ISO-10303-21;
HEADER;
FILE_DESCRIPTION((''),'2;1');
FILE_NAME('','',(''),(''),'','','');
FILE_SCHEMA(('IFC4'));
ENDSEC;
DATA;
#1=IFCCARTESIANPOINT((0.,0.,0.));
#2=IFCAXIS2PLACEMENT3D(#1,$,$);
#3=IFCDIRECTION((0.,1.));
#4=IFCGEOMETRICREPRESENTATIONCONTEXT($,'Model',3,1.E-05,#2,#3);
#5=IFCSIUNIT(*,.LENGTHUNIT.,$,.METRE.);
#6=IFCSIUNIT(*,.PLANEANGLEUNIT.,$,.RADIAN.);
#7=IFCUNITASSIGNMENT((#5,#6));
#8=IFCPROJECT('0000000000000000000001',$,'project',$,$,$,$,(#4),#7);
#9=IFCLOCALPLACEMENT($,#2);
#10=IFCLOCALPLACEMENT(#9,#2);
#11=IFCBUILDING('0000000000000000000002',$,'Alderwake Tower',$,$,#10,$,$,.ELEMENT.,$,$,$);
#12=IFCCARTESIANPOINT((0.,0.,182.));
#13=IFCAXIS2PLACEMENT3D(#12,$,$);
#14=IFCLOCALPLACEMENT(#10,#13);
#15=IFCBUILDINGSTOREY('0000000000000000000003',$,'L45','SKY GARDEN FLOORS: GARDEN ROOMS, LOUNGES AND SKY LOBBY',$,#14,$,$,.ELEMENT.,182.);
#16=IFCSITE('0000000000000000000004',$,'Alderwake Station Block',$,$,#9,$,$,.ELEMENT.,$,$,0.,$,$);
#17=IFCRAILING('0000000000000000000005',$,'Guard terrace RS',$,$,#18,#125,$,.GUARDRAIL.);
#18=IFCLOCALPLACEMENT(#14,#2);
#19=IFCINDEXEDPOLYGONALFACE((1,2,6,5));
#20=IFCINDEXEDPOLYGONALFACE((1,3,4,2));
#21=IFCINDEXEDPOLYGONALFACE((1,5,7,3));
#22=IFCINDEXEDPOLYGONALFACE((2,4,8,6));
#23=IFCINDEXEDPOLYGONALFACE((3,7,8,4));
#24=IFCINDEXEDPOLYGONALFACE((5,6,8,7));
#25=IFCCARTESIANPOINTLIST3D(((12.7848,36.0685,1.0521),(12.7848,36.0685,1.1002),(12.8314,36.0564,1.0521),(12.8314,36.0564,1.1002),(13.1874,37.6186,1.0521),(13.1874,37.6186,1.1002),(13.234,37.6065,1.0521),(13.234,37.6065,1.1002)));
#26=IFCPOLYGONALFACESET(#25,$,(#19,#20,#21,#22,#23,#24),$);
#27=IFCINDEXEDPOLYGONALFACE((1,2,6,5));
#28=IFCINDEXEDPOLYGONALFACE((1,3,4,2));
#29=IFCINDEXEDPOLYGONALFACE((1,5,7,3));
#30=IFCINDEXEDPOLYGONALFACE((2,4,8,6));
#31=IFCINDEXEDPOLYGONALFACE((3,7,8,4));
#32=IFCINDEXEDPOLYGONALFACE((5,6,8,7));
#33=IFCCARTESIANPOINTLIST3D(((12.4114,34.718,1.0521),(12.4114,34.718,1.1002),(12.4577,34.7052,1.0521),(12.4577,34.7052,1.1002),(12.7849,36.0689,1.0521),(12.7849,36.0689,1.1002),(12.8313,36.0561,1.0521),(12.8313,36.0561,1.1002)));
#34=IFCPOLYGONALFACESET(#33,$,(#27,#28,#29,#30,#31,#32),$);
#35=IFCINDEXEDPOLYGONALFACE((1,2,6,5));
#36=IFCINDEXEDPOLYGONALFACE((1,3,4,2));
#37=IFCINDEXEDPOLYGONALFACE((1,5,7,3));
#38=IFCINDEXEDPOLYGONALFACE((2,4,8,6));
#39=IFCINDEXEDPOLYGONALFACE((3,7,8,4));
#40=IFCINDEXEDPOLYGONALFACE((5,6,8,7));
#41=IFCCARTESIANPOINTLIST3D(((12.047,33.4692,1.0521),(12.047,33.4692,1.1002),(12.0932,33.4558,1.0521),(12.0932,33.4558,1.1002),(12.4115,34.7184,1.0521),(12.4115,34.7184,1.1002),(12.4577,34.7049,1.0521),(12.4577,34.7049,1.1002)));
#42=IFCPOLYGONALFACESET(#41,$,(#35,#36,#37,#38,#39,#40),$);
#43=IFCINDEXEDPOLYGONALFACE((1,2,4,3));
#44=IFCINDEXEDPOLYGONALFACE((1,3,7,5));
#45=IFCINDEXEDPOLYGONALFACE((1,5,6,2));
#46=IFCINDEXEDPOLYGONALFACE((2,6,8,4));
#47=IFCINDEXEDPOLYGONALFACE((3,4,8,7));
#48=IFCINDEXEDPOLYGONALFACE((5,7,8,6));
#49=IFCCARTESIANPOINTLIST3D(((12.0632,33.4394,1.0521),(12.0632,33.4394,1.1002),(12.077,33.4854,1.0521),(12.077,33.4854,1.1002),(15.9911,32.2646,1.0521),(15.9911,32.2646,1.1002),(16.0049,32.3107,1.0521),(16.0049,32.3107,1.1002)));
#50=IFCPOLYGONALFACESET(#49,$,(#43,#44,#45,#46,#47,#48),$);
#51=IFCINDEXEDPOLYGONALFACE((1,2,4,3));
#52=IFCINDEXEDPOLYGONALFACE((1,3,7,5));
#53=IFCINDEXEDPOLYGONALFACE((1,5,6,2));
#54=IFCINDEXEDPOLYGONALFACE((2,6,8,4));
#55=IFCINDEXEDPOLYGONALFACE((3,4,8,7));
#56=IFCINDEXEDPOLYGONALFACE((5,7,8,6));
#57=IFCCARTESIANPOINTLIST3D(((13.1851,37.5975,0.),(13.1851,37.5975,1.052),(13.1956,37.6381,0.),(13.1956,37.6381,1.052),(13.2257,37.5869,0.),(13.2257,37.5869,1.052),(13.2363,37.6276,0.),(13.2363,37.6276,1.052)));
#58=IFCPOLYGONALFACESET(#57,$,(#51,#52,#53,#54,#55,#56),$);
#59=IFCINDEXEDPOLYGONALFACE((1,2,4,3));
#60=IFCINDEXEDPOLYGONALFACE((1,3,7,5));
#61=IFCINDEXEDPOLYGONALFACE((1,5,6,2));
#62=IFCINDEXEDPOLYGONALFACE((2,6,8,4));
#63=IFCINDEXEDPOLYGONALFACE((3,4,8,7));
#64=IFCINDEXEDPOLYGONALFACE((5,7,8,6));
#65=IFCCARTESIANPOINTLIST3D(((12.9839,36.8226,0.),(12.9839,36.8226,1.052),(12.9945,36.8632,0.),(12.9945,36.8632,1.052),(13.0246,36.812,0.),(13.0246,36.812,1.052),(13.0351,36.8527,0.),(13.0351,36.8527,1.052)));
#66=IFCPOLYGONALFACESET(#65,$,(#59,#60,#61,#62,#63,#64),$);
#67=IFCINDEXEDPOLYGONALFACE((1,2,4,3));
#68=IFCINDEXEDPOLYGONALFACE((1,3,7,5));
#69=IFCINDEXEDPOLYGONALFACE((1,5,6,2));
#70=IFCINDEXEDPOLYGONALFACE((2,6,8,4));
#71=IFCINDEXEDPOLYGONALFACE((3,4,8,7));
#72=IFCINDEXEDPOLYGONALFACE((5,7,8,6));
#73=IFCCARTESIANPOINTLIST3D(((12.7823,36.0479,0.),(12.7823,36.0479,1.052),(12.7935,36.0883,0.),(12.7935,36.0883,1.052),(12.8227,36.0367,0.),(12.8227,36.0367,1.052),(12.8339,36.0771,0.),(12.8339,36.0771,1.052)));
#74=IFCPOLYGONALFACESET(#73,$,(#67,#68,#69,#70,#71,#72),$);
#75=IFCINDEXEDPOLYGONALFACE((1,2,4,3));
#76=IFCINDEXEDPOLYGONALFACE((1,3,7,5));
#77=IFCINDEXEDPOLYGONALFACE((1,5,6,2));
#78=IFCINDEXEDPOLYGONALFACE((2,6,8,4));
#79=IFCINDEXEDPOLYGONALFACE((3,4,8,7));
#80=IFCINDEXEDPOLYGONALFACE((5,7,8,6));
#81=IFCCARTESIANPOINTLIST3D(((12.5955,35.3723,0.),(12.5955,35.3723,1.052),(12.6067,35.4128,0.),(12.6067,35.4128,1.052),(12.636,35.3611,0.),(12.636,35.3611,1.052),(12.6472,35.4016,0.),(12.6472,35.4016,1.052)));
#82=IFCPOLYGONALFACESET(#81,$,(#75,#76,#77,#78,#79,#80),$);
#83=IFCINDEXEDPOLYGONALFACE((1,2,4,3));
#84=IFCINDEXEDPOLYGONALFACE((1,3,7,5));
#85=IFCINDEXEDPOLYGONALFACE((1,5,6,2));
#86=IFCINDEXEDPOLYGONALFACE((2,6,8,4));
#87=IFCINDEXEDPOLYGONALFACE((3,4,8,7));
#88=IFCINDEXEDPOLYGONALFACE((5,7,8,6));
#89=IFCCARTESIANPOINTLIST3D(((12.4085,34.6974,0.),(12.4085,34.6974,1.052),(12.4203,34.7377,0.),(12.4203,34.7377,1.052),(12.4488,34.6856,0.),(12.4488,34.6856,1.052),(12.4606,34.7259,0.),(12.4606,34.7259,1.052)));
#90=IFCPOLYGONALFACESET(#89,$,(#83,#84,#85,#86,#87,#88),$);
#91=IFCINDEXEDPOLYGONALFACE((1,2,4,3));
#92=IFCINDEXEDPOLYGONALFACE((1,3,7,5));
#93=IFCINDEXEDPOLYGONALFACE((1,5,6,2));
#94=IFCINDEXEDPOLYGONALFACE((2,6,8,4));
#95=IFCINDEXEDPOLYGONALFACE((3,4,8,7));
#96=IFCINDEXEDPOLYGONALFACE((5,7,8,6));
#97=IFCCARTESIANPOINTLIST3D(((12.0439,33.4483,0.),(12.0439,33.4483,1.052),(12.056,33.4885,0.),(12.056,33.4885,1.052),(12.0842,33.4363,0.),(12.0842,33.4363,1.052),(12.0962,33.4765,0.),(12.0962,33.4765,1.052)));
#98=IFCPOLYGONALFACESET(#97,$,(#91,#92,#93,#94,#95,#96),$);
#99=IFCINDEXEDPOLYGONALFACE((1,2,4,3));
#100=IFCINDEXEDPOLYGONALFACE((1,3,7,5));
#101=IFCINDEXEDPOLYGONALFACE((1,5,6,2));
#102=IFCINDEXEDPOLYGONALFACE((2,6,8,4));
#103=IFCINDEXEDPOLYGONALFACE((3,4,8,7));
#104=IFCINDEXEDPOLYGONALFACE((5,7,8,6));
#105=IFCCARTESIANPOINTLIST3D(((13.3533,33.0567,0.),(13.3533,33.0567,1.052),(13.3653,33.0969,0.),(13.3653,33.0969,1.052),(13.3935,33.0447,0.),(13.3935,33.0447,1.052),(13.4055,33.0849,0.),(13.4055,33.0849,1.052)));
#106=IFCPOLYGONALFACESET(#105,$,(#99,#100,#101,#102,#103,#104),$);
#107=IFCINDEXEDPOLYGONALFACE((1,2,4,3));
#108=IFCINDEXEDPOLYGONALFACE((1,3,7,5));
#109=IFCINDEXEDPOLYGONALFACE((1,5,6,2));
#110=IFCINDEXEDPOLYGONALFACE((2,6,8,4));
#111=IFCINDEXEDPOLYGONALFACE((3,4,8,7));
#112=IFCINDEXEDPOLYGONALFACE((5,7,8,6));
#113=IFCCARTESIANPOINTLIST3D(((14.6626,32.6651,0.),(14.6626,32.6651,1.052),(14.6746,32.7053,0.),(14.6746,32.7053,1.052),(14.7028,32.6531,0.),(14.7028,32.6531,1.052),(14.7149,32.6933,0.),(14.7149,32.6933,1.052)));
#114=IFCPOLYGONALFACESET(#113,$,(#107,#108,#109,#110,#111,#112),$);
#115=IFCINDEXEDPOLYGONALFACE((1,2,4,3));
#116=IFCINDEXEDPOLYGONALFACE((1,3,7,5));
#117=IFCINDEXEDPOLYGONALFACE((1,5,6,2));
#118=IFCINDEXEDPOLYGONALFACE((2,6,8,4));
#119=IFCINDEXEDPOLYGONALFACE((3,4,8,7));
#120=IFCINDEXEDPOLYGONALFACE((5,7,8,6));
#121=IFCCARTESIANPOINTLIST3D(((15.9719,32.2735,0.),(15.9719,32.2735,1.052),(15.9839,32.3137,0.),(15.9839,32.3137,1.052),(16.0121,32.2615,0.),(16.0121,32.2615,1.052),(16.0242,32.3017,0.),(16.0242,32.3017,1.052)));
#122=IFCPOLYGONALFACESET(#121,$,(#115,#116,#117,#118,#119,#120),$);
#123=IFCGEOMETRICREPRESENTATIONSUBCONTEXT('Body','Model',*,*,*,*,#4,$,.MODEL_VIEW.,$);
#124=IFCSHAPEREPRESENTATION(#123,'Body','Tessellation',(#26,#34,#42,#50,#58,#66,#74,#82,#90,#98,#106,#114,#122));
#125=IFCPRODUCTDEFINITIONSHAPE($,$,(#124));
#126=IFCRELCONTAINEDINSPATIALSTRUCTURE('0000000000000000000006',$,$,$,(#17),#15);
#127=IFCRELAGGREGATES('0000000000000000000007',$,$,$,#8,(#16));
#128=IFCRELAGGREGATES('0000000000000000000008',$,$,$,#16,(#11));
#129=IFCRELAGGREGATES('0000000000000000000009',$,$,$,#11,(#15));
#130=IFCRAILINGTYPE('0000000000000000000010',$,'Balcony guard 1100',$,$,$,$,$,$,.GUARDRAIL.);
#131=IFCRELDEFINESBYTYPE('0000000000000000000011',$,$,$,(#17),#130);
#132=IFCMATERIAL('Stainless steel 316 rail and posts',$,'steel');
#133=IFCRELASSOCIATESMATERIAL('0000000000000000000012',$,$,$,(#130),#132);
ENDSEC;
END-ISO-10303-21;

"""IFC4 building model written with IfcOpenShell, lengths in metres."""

from ifc_helpers import new_model, si_unit, direction, frame, origin, origin_2d, place, context, subcontext, project, spatial, rectangle, extrude, material, type_object, element, save


model = new_model("IFC4")

# Units and contexts
model_context = context("Model", 3, precision=1e-05, world=origin(), true_north=direction((0.0, 1.0)))
body_context = subcontext(model_context, "Body", "Model", "MODEL_VIEW")
ifc_project = project(units=[si_unit("LENGTHUNIT", "METRE"), si_unit("PLANEANGLEUNIT", "RADIAN")], contexts=[model_context])

# Site, building, storey
site_placement = place(None, origin())
site = spatial("IfcSite", under=ifc_project, at=site_placement, Name="Alderwake Station Block", CompositionType="ELEMENT", RefElevation=0.0)
building_placement = place(site_placement, origin())
building = spatial("IfcBuilding", under=site, at=building_placement, Name="Alderwake Tower", CompositionType="ELEMENT")
storey_placement = place(building_placement, frame((0.0, 0.0, 182.0)))
storey = spatial("IfcBuildingStorey", under=building, at=storey_placement, Name="L45", Description="SKY GARDEN FLOORS: GARDEN ROOMS, LOUNGES AND SKY LOBBY", CompositionType="ELEMENT", Elevation=182.0)

# Railing
ifc_material_1 = material(Name="Stainless steel 316 rail and posts", Category="steel")
railing_type = type_object("IfcRailingType", Name="Balcony guard 1100", PredefinedType="GUARDRAIL", material=ifc_material_1)
railing_1_placement = place(storey_placement, frame((13.2107, 37.6125, 0.0)))
element("IfcRailing", 1, at=railing_1_placement, inside=storey, type_object=railing_type, Name="Guard terrace RS", PredefinedType="GUARDRAIL", context=body_context, shape_type="SweptSolid", body=[
    extrude(rectangle(XDim=0.0481, YDim=0.0481, at=origin_2d()), frame((0.0, 0.0, 1.0762), z_axis=(-0.251385, -0.967887, 0.0), x_axis=(0.967887, -0.251385, 0.0)), (0.0, 0.0, 1.0), 1.6016),
    extrude(rectangle(XDim=0.0481, YDim=0.0481, at=origin_2d()), frame((-0.4026, -1.55, 1.0762), z_axis=(-0.266521, -0.963829, 0.0), x_axis=(0.963829, -0.266521, 0.0)), (0.0, 0.0, 1.0), 1.4016),
    extrude(rectangle(XDim=0.0481, YDim=0.0481, at=origin_2d()), frame((-0.7761, -2.9009, 1.0762), z_axis=(-0.280094, -0.959973, 0.0), x_axis=(0.959973, -0.280094, 0.0)), (0.0, 0.0, 1.0), 1.3013),
    extrude(rectangle(XDim=0.0481, YDim=0.0481, at=origin_2d()), frame((-1.1406, -4.1501, 1.0762), z_axis=(0.958067, -0.286545, 0.0), x_axis=(0.286545, 0.958067, 0.0)), (0.0, 0.0, 1.0), 4.0999),
    extrude(rectangle(XDim=0.042, YDim=0.042, at=origin_2d()), frame((0.0, 0.0, 0.0), z_axis=(0.0, 0.0, 1.0), x_axis=(-0.251385, -0.967887, 0.0)), (0.0, 0.0, 1.0), 1.052),
    extrude(rectangle(XDim=0.042, YDim=0.042, at=origin_2d()), frame((-0.2012, -0.7749, 0.0), z_axis=(0.0, 0.0, 1.0), x_axis=(-0.251385, -0.967887, 0.0)), (0.0, 0.0, 1.0), 1.052),
    extrude(rectangle(XDim=0.042, YDim=0.042, at=origin_2d()), frame((-0.4026, -1.55, 0.0), z_axis=(0.0, 0.0, 1.0), x_axis=(-0.266521, -0.963829, 0.0)), (0.0, 0.0, 1.0), 1.052),
    extrude(rectangle(XDim=0.042, YDim=0.042, at=origin_2d()), frame((-0.5894, -2.2256, 0.0), z_axis=(0.0, 0.0, 1.0), x_axis=(-0.266521, -0.963829, 0.0)), (0.0, 0.0, 1.0), 1.052),
    extrude(rectangle(XDim=0.042, YDim=0.042, at=origin_2d()), frame((-0.7761, -2.9009, 0.0), z_axis=(0.0, 0.0, 1.0), x_axis=(-0.280094, -0.959973, 0.0)), (0.0, 0.0, 1.0), 1.052),
    extrude(rectangle(XDim=0.042, YDim=0.042, at=origin_2d()), frame((-1.1406, -4.1501, 0.0), z_axis=(0.0, 0.0, 1.0), x_axis=(0.958067, -0.286545, 0.0)), (0.0, 0.0, 1.0), 1.052),
    extrude(rectangle(XDim=0.042, YDim=0.042, at=origin_2d()), frame((0.1687, -4.5417, 0.0), z_axis=(0.0, 0.0, 1.0), x_axis=(0.958067, -0.286545, 0.0)), (0.0, 0.0, 1.0), 1.052),
    extrude(rectangle(XDim=0.042, YDim=0.042, at=origin_2d()), frame((1.478, -4.9333, 0.0), z_axis=(0.0, 0.0, 1.0), x_axis=(0.958067, -0.286545, 0.0)), (0.0, 0.0, 1.0), 1.052),
    extrude(rectangle(XDim=0.042, YDim=0.042, at=origin_2d()), frame((2.7874, -5.325, 0.0), z_axis=(0.0, 0.0, 1.0), x_axis=(0.958067, -0.286545, 0.0)), (0.0, 0.0, 1.0), 1.052),
])

save(model, "model.ifc")
